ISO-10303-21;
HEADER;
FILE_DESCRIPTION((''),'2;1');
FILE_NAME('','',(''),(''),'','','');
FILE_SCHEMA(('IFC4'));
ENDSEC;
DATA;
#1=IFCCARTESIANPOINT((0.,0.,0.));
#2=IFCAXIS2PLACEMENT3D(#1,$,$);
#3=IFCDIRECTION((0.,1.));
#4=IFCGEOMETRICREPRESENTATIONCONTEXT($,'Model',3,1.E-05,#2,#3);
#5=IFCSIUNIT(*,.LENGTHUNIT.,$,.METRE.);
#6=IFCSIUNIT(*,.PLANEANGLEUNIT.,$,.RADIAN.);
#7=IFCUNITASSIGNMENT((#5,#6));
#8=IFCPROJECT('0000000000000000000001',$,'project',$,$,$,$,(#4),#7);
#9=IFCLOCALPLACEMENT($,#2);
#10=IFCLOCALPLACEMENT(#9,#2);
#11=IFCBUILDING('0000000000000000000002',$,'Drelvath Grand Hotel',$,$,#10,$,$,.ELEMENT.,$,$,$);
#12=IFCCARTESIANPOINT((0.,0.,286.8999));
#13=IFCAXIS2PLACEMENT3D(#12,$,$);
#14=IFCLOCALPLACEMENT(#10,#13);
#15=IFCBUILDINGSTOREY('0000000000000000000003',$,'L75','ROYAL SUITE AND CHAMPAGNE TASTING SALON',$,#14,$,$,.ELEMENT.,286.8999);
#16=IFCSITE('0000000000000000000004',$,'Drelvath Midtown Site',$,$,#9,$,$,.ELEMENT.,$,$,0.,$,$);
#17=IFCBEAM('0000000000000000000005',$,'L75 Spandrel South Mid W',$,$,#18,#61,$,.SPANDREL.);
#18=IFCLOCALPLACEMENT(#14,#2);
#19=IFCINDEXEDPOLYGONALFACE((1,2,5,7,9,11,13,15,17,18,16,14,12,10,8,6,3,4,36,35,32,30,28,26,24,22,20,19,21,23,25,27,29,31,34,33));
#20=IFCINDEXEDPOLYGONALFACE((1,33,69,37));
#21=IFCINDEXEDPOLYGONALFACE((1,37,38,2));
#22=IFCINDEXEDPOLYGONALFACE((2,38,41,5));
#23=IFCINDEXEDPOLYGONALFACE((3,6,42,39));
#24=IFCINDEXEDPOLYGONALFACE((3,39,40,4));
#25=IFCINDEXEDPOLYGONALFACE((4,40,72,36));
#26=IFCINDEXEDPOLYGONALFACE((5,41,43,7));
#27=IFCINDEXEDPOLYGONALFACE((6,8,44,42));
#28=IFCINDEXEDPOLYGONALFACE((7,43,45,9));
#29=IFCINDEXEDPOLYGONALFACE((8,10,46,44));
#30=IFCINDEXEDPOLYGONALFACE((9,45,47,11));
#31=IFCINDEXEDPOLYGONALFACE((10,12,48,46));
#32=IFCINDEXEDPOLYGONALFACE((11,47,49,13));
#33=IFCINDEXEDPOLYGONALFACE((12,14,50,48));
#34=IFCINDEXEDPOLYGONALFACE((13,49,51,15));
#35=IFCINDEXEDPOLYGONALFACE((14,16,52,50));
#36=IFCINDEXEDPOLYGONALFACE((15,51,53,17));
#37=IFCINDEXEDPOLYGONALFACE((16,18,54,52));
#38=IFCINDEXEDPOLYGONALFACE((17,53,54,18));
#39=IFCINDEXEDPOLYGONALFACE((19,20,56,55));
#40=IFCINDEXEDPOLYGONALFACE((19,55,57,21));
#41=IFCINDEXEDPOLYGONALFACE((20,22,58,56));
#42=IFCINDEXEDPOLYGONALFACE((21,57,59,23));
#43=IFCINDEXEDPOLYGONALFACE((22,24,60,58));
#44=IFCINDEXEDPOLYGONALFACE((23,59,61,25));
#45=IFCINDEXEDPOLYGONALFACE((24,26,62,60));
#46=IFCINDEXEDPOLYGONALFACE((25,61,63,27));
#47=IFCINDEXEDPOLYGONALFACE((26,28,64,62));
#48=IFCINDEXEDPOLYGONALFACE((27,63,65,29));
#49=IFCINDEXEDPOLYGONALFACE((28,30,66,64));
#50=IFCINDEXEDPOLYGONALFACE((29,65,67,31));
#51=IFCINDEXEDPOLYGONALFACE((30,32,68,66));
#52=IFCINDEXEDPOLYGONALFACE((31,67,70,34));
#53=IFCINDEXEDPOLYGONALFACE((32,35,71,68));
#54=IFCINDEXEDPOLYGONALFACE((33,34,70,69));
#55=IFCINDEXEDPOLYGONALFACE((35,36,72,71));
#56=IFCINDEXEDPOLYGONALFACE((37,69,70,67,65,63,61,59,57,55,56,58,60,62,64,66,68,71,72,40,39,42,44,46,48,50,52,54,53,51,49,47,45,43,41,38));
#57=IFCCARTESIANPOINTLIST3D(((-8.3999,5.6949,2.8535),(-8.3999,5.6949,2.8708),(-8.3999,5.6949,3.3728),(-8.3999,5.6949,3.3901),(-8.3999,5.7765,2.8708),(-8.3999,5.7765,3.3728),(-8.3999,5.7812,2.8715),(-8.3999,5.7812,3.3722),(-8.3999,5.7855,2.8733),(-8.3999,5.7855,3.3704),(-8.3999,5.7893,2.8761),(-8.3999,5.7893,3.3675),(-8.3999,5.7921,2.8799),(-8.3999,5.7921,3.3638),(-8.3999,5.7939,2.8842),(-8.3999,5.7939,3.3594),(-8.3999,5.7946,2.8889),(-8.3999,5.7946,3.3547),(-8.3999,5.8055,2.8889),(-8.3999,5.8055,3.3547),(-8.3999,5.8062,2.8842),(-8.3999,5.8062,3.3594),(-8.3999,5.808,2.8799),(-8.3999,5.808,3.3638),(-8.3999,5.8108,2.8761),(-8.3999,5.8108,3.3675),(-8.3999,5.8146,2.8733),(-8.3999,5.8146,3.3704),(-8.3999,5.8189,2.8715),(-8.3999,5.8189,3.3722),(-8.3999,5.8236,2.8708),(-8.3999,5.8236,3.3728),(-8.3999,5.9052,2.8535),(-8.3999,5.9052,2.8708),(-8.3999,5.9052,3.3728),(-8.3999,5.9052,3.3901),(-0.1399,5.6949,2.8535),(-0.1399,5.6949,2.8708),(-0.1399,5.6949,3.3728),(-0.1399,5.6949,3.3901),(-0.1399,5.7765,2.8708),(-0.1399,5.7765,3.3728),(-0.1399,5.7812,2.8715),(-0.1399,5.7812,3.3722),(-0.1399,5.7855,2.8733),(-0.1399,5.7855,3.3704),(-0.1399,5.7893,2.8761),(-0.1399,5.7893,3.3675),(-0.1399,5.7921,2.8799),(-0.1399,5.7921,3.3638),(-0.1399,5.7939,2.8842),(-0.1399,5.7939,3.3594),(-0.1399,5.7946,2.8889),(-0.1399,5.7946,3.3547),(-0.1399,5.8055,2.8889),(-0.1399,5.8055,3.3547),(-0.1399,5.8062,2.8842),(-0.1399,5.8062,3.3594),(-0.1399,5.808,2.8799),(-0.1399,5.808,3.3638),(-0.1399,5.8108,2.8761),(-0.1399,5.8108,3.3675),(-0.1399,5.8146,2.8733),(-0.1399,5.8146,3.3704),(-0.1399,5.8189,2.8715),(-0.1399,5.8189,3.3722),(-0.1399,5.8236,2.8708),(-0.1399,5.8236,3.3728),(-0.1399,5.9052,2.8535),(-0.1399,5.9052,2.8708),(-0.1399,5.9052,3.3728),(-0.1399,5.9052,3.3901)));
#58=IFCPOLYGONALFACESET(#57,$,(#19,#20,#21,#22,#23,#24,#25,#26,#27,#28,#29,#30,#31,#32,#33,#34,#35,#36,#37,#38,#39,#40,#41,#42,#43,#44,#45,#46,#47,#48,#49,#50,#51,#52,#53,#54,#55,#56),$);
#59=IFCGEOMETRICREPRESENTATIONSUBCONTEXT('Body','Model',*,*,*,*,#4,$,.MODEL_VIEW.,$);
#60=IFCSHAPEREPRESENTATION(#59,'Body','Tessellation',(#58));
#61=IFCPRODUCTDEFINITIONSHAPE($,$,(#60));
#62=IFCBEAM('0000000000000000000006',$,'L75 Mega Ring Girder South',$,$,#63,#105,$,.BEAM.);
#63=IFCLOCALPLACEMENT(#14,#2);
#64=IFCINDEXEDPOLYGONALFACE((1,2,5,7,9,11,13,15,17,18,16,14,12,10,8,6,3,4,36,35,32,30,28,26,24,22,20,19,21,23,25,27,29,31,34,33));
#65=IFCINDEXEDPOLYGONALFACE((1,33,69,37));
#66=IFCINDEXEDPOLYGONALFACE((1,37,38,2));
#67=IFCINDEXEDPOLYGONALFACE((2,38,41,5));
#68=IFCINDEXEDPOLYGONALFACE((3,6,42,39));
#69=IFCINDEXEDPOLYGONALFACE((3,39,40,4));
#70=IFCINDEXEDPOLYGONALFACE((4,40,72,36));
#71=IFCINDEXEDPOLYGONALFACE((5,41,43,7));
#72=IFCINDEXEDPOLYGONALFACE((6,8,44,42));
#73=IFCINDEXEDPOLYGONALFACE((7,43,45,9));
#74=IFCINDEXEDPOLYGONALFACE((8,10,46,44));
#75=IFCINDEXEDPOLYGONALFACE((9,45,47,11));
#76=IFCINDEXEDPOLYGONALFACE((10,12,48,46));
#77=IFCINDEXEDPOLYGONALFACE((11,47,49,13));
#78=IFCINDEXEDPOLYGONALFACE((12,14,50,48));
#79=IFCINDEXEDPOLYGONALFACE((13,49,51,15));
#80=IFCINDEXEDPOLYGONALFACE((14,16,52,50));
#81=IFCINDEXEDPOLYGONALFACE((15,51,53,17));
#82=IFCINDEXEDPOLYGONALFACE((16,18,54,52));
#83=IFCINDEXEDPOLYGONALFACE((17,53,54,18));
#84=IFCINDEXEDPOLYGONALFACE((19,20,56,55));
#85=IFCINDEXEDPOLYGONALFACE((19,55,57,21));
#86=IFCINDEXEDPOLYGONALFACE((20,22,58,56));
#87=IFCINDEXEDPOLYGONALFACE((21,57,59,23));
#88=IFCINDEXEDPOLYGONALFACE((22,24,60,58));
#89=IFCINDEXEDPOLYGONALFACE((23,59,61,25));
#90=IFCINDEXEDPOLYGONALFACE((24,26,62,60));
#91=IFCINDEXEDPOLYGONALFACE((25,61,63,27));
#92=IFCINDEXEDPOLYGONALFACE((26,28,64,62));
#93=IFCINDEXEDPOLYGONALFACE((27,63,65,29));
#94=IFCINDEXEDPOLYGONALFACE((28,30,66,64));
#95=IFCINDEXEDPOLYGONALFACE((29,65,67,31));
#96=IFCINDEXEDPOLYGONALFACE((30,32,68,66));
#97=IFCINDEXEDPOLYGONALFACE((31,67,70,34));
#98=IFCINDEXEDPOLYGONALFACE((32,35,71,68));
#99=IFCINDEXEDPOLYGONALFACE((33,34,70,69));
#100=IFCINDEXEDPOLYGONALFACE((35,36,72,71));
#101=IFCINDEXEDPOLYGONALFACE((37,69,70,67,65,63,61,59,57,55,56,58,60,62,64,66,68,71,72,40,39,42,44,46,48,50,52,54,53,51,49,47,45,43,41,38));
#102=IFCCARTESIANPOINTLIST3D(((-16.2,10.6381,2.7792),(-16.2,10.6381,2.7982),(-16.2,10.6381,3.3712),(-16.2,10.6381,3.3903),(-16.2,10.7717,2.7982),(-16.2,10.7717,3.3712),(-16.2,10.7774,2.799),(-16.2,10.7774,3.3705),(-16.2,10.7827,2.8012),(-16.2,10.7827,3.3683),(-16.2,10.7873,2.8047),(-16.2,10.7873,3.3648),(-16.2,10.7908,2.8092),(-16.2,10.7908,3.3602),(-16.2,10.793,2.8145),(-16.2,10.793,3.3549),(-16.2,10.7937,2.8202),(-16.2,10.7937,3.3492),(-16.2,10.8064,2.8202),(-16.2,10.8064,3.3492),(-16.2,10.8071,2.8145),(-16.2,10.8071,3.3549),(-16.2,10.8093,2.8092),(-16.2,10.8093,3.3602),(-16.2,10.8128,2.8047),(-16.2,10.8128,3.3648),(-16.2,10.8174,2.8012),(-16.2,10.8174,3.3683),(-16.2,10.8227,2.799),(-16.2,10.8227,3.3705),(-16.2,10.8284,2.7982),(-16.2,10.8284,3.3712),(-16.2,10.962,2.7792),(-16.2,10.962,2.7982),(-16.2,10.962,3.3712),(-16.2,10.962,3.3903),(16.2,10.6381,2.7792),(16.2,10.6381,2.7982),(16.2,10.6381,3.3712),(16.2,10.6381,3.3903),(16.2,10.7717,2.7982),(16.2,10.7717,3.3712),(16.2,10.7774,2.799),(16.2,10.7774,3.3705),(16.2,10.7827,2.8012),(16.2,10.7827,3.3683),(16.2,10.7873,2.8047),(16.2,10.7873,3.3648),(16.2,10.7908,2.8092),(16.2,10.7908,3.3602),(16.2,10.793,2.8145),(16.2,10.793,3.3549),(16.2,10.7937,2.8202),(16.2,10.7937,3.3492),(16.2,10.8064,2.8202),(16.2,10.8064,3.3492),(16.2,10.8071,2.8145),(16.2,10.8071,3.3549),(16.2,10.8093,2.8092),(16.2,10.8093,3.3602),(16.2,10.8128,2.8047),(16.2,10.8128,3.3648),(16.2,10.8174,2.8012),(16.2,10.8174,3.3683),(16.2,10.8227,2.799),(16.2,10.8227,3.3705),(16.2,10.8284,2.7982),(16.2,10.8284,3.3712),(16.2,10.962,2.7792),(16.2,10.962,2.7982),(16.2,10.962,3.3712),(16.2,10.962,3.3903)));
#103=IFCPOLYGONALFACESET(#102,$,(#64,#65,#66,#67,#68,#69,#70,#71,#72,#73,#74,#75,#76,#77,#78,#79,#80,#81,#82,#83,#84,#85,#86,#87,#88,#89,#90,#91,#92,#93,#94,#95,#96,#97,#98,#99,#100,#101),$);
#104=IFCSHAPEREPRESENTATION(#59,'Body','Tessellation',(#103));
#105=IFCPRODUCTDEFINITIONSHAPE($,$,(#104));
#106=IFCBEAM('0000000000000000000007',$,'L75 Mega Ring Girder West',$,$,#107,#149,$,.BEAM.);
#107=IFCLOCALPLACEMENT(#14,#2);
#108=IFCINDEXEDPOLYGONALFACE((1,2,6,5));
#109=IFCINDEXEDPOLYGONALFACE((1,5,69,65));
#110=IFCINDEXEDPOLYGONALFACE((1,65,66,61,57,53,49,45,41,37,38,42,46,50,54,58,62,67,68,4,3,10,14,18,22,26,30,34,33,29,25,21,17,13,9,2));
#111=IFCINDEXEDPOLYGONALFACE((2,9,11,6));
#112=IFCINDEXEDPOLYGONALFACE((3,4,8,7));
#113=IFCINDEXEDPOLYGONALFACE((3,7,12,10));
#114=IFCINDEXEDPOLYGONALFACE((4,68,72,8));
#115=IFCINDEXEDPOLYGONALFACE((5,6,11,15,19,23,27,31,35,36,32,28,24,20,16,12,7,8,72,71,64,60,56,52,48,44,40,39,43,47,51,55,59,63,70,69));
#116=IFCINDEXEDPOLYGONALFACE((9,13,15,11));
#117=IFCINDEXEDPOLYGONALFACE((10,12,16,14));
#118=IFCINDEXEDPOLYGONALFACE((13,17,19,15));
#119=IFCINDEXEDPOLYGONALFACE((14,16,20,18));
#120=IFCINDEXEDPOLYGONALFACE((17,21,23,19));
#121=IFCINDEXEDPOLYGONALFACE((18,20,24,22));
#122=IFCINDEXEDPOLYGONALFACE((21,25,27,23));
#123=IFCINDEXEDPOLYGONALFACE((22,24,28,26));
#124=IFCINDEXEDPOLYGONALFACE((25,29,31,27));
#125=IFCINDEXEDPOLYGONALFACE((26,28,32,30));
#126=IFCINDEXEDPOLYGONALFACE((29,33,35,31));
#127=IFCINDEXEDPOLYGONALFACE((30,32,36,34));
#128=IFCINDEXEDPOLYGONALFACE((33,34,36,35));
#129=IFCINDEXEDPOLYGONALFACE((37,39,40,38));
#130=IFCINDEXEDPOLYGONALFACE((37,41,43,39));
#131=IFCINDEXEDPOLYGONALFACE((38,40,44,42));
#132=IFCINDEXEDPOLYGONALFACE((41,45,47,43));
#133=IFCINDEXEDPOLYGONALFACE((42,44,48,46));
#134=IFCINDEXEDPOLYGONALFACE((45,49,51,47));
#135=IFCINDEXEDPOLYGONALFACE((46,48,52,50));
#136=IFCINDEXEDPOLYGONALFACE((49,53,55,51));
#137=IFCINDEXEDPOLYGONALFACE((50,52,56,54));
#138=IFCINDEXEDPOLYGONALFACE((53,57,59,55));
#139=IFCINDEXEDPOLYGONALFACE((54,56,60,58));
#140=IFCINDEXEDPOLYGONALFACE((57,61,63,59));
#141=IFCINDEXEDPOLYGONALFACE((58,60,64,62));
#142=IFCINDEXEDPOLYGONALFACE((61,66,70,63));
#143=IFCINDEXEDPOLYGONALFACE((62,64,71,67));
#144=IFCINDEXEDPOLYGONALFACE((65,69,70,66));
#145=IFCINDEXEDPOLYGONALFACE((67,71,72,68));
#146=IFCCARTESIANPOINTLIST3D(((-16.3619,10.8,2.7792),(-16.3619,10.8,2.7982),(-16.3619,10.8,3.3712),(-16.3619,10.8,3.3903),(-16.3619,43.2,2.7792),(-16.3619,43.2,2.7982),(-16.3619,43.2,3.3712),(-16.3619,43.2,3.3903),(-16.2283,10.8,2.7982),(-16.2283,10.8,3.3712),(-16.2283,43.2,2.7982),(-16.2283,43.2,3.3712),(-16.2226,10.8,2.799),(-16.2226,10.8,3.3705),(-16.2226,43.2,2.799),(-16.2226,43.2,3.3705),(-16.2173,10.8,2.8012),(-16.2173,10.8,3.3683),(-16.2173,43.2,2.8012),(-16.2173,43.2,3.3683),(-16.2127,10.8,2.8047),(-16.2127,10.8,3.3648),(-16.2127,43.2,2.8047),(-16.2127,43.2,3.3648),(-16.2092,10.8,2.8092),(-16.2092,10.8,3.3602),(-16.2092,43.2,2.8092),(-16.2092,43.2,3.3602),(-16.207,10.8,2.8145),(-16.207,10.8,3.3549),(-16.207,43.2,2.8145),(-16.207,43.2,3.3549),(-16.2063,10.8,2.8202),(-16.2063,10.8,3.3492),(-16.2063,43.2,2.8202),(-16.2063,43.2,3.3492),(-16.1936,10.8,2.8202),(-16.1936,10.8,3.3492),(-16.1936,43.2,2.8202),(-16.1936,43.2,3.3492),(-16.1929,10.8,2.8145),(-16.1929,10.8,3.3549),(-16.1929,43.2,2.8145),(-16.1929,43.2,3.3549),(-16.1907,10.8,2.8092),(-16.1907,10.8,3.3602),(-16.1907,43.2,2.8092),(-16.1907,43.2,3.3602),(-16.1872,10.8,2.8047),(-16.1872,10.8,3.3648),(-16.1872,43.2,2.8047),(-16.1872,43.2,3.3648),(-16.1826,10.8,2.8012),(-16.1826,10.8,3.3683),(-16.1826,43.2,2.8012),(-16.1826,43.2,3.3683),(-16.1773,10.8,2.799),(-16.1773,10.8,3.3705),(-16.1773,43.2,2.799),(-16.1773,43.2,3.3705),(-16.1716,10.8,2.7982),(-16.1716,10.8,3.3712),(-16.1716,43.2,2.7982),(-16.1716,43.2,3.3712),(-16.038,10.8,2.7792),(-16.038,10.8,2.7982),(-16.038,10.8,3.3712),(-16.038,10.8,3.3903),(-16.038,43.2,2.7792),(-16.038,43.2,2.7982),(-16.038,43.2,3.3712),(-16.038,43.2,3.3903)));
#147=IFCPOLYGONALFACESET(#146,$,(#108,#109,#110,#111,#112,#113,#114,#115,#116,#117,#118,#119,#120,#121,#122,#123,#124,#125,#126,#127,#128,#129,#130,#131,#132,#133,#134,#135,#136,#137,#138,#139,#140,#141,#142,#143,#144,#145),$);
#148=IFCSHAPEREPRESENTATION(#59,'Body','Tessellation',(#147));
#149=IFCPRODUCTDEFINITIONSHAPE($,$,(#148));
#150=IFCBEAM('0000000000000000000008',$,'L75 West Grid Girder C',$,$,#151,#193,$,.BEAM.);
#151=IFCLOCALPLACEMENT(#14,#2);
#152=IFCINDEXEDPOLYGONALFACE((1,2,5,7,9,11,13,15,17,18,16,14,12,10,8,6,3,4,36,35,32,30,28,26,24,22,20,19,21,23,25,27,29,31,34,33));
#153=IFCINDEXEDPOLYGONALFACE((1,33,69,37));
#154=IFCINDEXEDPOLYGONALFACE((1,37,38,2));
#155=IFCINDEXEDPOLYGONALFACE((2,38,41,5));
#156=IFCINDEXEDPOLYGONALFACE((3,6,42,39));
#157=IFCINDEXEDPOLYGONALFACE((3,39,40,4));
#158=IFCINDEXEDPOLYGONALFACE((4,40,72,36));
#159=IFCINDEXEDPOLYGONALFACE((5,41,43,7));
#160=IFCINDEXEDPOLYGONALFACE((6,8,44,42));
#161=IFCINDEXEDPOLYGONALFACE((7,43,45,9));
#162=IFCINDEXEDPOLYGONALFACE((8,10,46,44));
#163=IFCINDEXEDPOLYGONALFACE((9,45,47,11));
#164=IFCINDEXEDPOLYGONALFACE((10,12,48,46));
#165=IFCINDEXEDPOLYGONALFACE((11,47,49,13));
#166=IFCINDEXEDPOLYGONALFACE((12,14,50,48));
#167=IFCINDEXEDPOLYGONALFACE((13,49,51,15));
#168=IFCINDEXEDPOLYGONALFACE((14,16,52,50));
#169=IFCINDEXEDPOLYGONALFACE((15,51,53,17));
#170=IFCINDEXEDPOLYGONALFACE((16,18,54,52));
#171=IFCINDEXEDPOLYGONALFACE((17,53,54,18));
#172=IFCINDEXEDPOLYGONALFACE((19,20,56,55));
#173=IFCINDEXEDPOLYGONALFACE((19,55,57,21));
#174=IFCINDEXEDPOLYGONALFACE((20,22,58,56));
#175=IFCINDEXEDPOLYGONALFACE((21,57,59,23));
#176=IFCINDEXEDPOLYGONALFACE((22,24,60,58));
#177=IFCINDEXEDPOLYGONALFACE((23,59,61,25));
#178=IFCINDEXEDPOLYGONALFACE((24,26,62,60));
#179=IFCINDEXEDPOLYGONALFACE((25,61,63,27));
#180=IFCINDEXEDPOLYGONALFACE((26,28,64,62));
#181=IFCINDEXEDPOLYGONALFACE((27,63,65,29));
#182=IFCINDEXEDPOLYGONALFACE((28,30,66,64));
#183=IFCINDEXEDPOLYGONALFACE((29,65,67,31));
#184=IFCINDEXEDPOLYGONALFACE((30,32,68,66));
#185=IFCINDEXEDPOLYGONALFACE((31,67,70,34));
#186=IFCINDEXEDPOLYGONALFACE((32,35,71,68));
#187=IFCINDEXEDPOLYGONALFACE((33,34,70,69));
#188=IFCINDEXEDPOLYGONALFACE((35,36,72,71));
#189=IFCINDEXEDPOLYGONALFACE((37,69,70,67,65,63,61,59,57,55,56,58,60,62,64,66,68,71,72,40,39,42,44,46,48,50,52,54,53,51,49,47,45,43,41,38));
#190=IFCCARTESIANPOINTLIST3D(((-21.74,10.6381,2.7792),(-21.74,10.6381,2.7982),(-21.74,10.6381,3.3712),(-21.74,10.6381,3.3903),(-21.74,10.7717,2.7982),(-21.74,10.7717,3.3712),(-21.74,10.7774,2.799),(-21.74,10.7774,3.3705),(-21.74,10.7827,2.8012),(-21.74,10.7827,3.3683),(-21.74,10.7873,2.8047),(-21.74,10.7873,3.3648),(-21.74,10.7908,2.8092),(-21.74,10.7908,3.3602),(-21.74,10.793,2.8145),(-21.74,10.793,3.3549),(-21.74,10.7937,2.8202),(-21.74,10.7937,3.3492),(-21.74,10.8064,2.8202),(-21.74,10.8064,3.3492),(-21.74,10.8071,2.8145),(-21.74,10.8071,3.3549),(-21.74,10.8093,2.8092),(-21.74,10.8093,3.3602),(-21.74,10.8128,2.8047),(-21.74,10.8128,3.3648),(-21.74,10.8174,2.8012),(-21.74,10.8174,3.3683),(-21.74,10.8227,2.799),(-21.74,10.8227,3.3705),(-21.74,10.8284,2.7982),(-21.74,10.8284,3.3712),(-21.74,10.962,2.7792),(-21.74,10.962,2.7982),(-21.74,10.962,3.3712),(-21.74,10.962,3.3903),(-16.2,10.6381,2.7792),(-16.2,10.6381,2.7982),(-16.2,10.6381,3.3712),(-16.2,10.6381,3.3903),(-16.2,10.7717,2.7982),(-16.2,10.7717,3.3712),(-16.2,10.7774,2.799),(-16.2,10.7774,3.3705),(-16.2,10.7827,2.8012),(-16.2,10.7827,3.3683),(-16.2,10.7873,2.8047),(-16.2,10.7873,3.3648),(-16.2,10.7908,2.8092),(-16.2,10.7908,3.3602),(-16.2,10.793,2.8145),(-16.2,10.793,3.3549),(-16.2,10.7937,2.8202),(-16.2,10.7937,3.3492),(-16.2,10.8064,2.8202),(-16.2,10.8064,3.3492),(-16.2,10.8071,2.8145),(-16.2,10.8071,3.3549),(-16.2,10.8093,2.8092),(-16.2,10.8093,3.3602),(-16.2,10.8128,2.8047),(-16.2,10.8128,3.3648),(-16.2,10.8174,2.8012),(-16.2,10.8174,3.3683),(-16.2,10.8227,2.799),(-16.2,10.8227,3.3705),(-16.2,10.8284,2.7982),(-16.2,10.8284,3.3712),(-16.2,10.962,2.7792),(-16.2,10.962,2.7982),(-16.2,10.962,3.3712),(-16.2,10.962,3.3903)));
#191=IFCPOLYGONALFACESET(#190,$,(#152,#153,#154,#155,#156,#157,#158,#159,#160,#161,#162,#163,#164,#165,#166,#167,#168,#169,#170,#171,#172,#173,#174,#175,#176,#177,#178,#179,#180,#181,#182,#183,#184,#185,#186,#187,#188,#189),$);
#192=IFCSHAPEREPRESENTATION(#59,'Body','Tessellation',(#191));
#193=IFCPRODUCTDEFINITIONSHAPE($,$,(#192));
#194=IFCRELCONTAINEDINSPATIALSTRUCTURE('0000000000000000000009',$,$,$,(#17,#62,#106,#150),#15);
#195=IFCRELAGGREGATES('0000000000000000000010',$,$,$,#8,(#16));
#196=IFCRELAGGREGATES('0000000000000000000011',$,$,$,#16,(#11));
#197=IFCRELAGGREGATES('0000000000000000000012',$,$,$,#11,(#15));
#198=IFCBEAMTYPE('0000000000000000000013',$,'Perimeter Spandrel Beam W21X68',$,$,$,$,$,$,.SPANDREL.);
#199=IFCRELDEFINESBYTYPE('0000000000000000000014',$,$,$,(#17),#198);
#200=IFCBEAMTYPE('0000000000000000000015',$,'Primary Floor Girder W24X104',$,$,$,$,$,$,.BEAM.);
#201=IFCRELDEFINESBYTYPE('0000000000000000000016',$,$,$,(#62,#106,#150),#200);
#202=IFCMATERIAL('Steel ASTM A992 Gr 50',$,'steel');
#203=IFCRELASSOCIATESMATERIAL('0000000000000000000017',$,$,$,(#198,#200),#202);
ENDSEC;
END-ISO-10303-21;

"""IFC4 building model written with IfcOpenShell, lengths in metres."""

from ifc_helpers import new_model, si_unit, direction, frame, origin, origin_2d, place, context, subcontext, project, spatial, i_section, extrude, material, material_profile, profile_set, type_object, element, save


model = new_model("IFC4")

# Units and contexts
model_context = context("Model", 3, precision=1e-05, world=origin(), true_north=direction((0.0, 1.0)))
body_context = subcontext(model_context, "Body", "Model", "MODEL_VIEW")
ifc_project = project(units=[si_unit("LENGTHUNIT", "METRE"), si_unit("PLANEANGLEUNIT", "RADIAN")], contexts=[model_context])

# Site, building, storey
site_placement = place(None, origin())
site = spatial("IfcSite", under=ifc_project, at=site_placement, Name="Drelvath Midtown Site", CompositionType="ELEMENT", RefElevation=0.0)
building_placement = place(site_placement, origin())
building = spatial("IfcBuilding", under=site, at=building_placement, Name="Drelvath Grand Hotel", CompositionType="ELEMENT")
storey_placement = place(building_placement, frame((0.0, 0.0, 286.8999)))
storey = spatial("IfcBuildingStorey", under=building, at=storey_placement, Name="L75", Description="ROYAL SUITE AND CHAMPAGNE TASTING SALON", CompositionType="ELEMENT", Elevation=286.8999)

# Shared definitions
ifc_material_1 = material(Name="Steel ASTM A992 Gr 50", Category="steel")

# Beams
ifc_material_profile_1 = material_profile(ifc_material_1, i_section(OverallWidth=0.2102, OverallDepth=0.5366, WebThickness=0.011, FlangeThickness=0.0173, FilletRadius=0.0181, at=origin_2d()), Name="W21X68")
ifc_profile_set_1 = profile_set([ifc_material_profile_1], Name="Steel ASTM A992 Gr 50")
beam_type_1 = type_object("IfcBeamType", Name="Perimeter Spandrel Beam W21X68", PredefinedType="SPANDREL", material=ifc_profile_set_1)
beam_1_placement = place(storey_placement, frame((-8.3999, 5.8, 3.1218), z_axis=(1.0, 0.0, 0.0), x_axis=(0.0, 1.0, 0.0)))
element("IfcBeam", 1, at=beam_1_placement, inside=storey, type_object=beam_type_1, Name="L75 Spandrel South Mid W", PredefinedType="SPANDREL", context=body_context, shape_type="SweptSolid", body=[
    extrude(i_section(OverallWidth=0.2102, OverallDepth=0.5366, WebThickness=0.011, FlangeThickness=0.0173, FilletRadius=0.0181, at=origin_2d()), origin(), (0.0, 0.0, 1.0), 8.26),
])
ifc_material_profile_2 = material_profile(ifc_material_1, i_section(OverallWidth=0.324, OverallDepth=0.6111, WebThickness=0.0127, FlangeThickness=0.019, FilletRadius=0.022, at=origin_2d()), Name="W24X104")
ifc_profile_set_2 = profile_set([ifc_material_profile_2], Name="Steel ASTM A992 Gr 50")
beam_type_2 = type_object("IfcBeamType", Name="Primary Floor Girder W24X104", PredefinedType="BEAM", material=ifc_profile_set_2)
for number, where, z_axis, x_axis, name in (
    (2, (-16.2, 10.8, 3.0847), (1.0, 0.0, 0.0), (0.0, 1.0, 0.0), "L75 Mega Ring Girder South"),
    (3, (-16.2, 10.8, 3.0847), (0.0, 1.0, 0.0), (-1.0, 0.0, 0.0), "L75 Mega Ring Girder West"),
):
    element("IfcBeam", number, at=place(storey_placement, frame(where, z_axis=z_axis, x_axis=x_axis)), inside=storey, type_object=beam_type_2, Name=name, PredefinedType="BEAM", context=body_context, shape_type="SweptSolid", body=[
        extrude(i_section(OverallWidth=0.324, OverallDepth=0.6111, WebThickness=0.0127, FlangeThickness=0.019, FilletRadius=0.022, at=origin_2d()), origin(), (0.0, 0.0, 1.0), 32.3999),
    ])
for number, where, z_axis, x_axis, name in (
    (4, (-21.74, 10.8, 3.0847), (1.0, 0.0, 0.0), (0.0, 1.0, 0.0), "L75 West Grid Girder C"),
):
    element("IfcBeam", number, at=place(storey_placement, frame(where, z_axis=z_axis, x_axis=x_axis)), inside=storey, type_object=beam_type_2, Name=name, PredefinedType="BEAM", context=body_context, shape_type="SweptSolid", body=[
        extrude(i_section(OverallWidth=0.324, OverallDepth=0.6111, WebThickness=0.0127, FlangeThickness=0.019, FilletRadius=0.022, at=origin_2d()), origin(), (0.0, 0.0, 1.0), 5.54),
    ])

save(model, "model.ifc")
